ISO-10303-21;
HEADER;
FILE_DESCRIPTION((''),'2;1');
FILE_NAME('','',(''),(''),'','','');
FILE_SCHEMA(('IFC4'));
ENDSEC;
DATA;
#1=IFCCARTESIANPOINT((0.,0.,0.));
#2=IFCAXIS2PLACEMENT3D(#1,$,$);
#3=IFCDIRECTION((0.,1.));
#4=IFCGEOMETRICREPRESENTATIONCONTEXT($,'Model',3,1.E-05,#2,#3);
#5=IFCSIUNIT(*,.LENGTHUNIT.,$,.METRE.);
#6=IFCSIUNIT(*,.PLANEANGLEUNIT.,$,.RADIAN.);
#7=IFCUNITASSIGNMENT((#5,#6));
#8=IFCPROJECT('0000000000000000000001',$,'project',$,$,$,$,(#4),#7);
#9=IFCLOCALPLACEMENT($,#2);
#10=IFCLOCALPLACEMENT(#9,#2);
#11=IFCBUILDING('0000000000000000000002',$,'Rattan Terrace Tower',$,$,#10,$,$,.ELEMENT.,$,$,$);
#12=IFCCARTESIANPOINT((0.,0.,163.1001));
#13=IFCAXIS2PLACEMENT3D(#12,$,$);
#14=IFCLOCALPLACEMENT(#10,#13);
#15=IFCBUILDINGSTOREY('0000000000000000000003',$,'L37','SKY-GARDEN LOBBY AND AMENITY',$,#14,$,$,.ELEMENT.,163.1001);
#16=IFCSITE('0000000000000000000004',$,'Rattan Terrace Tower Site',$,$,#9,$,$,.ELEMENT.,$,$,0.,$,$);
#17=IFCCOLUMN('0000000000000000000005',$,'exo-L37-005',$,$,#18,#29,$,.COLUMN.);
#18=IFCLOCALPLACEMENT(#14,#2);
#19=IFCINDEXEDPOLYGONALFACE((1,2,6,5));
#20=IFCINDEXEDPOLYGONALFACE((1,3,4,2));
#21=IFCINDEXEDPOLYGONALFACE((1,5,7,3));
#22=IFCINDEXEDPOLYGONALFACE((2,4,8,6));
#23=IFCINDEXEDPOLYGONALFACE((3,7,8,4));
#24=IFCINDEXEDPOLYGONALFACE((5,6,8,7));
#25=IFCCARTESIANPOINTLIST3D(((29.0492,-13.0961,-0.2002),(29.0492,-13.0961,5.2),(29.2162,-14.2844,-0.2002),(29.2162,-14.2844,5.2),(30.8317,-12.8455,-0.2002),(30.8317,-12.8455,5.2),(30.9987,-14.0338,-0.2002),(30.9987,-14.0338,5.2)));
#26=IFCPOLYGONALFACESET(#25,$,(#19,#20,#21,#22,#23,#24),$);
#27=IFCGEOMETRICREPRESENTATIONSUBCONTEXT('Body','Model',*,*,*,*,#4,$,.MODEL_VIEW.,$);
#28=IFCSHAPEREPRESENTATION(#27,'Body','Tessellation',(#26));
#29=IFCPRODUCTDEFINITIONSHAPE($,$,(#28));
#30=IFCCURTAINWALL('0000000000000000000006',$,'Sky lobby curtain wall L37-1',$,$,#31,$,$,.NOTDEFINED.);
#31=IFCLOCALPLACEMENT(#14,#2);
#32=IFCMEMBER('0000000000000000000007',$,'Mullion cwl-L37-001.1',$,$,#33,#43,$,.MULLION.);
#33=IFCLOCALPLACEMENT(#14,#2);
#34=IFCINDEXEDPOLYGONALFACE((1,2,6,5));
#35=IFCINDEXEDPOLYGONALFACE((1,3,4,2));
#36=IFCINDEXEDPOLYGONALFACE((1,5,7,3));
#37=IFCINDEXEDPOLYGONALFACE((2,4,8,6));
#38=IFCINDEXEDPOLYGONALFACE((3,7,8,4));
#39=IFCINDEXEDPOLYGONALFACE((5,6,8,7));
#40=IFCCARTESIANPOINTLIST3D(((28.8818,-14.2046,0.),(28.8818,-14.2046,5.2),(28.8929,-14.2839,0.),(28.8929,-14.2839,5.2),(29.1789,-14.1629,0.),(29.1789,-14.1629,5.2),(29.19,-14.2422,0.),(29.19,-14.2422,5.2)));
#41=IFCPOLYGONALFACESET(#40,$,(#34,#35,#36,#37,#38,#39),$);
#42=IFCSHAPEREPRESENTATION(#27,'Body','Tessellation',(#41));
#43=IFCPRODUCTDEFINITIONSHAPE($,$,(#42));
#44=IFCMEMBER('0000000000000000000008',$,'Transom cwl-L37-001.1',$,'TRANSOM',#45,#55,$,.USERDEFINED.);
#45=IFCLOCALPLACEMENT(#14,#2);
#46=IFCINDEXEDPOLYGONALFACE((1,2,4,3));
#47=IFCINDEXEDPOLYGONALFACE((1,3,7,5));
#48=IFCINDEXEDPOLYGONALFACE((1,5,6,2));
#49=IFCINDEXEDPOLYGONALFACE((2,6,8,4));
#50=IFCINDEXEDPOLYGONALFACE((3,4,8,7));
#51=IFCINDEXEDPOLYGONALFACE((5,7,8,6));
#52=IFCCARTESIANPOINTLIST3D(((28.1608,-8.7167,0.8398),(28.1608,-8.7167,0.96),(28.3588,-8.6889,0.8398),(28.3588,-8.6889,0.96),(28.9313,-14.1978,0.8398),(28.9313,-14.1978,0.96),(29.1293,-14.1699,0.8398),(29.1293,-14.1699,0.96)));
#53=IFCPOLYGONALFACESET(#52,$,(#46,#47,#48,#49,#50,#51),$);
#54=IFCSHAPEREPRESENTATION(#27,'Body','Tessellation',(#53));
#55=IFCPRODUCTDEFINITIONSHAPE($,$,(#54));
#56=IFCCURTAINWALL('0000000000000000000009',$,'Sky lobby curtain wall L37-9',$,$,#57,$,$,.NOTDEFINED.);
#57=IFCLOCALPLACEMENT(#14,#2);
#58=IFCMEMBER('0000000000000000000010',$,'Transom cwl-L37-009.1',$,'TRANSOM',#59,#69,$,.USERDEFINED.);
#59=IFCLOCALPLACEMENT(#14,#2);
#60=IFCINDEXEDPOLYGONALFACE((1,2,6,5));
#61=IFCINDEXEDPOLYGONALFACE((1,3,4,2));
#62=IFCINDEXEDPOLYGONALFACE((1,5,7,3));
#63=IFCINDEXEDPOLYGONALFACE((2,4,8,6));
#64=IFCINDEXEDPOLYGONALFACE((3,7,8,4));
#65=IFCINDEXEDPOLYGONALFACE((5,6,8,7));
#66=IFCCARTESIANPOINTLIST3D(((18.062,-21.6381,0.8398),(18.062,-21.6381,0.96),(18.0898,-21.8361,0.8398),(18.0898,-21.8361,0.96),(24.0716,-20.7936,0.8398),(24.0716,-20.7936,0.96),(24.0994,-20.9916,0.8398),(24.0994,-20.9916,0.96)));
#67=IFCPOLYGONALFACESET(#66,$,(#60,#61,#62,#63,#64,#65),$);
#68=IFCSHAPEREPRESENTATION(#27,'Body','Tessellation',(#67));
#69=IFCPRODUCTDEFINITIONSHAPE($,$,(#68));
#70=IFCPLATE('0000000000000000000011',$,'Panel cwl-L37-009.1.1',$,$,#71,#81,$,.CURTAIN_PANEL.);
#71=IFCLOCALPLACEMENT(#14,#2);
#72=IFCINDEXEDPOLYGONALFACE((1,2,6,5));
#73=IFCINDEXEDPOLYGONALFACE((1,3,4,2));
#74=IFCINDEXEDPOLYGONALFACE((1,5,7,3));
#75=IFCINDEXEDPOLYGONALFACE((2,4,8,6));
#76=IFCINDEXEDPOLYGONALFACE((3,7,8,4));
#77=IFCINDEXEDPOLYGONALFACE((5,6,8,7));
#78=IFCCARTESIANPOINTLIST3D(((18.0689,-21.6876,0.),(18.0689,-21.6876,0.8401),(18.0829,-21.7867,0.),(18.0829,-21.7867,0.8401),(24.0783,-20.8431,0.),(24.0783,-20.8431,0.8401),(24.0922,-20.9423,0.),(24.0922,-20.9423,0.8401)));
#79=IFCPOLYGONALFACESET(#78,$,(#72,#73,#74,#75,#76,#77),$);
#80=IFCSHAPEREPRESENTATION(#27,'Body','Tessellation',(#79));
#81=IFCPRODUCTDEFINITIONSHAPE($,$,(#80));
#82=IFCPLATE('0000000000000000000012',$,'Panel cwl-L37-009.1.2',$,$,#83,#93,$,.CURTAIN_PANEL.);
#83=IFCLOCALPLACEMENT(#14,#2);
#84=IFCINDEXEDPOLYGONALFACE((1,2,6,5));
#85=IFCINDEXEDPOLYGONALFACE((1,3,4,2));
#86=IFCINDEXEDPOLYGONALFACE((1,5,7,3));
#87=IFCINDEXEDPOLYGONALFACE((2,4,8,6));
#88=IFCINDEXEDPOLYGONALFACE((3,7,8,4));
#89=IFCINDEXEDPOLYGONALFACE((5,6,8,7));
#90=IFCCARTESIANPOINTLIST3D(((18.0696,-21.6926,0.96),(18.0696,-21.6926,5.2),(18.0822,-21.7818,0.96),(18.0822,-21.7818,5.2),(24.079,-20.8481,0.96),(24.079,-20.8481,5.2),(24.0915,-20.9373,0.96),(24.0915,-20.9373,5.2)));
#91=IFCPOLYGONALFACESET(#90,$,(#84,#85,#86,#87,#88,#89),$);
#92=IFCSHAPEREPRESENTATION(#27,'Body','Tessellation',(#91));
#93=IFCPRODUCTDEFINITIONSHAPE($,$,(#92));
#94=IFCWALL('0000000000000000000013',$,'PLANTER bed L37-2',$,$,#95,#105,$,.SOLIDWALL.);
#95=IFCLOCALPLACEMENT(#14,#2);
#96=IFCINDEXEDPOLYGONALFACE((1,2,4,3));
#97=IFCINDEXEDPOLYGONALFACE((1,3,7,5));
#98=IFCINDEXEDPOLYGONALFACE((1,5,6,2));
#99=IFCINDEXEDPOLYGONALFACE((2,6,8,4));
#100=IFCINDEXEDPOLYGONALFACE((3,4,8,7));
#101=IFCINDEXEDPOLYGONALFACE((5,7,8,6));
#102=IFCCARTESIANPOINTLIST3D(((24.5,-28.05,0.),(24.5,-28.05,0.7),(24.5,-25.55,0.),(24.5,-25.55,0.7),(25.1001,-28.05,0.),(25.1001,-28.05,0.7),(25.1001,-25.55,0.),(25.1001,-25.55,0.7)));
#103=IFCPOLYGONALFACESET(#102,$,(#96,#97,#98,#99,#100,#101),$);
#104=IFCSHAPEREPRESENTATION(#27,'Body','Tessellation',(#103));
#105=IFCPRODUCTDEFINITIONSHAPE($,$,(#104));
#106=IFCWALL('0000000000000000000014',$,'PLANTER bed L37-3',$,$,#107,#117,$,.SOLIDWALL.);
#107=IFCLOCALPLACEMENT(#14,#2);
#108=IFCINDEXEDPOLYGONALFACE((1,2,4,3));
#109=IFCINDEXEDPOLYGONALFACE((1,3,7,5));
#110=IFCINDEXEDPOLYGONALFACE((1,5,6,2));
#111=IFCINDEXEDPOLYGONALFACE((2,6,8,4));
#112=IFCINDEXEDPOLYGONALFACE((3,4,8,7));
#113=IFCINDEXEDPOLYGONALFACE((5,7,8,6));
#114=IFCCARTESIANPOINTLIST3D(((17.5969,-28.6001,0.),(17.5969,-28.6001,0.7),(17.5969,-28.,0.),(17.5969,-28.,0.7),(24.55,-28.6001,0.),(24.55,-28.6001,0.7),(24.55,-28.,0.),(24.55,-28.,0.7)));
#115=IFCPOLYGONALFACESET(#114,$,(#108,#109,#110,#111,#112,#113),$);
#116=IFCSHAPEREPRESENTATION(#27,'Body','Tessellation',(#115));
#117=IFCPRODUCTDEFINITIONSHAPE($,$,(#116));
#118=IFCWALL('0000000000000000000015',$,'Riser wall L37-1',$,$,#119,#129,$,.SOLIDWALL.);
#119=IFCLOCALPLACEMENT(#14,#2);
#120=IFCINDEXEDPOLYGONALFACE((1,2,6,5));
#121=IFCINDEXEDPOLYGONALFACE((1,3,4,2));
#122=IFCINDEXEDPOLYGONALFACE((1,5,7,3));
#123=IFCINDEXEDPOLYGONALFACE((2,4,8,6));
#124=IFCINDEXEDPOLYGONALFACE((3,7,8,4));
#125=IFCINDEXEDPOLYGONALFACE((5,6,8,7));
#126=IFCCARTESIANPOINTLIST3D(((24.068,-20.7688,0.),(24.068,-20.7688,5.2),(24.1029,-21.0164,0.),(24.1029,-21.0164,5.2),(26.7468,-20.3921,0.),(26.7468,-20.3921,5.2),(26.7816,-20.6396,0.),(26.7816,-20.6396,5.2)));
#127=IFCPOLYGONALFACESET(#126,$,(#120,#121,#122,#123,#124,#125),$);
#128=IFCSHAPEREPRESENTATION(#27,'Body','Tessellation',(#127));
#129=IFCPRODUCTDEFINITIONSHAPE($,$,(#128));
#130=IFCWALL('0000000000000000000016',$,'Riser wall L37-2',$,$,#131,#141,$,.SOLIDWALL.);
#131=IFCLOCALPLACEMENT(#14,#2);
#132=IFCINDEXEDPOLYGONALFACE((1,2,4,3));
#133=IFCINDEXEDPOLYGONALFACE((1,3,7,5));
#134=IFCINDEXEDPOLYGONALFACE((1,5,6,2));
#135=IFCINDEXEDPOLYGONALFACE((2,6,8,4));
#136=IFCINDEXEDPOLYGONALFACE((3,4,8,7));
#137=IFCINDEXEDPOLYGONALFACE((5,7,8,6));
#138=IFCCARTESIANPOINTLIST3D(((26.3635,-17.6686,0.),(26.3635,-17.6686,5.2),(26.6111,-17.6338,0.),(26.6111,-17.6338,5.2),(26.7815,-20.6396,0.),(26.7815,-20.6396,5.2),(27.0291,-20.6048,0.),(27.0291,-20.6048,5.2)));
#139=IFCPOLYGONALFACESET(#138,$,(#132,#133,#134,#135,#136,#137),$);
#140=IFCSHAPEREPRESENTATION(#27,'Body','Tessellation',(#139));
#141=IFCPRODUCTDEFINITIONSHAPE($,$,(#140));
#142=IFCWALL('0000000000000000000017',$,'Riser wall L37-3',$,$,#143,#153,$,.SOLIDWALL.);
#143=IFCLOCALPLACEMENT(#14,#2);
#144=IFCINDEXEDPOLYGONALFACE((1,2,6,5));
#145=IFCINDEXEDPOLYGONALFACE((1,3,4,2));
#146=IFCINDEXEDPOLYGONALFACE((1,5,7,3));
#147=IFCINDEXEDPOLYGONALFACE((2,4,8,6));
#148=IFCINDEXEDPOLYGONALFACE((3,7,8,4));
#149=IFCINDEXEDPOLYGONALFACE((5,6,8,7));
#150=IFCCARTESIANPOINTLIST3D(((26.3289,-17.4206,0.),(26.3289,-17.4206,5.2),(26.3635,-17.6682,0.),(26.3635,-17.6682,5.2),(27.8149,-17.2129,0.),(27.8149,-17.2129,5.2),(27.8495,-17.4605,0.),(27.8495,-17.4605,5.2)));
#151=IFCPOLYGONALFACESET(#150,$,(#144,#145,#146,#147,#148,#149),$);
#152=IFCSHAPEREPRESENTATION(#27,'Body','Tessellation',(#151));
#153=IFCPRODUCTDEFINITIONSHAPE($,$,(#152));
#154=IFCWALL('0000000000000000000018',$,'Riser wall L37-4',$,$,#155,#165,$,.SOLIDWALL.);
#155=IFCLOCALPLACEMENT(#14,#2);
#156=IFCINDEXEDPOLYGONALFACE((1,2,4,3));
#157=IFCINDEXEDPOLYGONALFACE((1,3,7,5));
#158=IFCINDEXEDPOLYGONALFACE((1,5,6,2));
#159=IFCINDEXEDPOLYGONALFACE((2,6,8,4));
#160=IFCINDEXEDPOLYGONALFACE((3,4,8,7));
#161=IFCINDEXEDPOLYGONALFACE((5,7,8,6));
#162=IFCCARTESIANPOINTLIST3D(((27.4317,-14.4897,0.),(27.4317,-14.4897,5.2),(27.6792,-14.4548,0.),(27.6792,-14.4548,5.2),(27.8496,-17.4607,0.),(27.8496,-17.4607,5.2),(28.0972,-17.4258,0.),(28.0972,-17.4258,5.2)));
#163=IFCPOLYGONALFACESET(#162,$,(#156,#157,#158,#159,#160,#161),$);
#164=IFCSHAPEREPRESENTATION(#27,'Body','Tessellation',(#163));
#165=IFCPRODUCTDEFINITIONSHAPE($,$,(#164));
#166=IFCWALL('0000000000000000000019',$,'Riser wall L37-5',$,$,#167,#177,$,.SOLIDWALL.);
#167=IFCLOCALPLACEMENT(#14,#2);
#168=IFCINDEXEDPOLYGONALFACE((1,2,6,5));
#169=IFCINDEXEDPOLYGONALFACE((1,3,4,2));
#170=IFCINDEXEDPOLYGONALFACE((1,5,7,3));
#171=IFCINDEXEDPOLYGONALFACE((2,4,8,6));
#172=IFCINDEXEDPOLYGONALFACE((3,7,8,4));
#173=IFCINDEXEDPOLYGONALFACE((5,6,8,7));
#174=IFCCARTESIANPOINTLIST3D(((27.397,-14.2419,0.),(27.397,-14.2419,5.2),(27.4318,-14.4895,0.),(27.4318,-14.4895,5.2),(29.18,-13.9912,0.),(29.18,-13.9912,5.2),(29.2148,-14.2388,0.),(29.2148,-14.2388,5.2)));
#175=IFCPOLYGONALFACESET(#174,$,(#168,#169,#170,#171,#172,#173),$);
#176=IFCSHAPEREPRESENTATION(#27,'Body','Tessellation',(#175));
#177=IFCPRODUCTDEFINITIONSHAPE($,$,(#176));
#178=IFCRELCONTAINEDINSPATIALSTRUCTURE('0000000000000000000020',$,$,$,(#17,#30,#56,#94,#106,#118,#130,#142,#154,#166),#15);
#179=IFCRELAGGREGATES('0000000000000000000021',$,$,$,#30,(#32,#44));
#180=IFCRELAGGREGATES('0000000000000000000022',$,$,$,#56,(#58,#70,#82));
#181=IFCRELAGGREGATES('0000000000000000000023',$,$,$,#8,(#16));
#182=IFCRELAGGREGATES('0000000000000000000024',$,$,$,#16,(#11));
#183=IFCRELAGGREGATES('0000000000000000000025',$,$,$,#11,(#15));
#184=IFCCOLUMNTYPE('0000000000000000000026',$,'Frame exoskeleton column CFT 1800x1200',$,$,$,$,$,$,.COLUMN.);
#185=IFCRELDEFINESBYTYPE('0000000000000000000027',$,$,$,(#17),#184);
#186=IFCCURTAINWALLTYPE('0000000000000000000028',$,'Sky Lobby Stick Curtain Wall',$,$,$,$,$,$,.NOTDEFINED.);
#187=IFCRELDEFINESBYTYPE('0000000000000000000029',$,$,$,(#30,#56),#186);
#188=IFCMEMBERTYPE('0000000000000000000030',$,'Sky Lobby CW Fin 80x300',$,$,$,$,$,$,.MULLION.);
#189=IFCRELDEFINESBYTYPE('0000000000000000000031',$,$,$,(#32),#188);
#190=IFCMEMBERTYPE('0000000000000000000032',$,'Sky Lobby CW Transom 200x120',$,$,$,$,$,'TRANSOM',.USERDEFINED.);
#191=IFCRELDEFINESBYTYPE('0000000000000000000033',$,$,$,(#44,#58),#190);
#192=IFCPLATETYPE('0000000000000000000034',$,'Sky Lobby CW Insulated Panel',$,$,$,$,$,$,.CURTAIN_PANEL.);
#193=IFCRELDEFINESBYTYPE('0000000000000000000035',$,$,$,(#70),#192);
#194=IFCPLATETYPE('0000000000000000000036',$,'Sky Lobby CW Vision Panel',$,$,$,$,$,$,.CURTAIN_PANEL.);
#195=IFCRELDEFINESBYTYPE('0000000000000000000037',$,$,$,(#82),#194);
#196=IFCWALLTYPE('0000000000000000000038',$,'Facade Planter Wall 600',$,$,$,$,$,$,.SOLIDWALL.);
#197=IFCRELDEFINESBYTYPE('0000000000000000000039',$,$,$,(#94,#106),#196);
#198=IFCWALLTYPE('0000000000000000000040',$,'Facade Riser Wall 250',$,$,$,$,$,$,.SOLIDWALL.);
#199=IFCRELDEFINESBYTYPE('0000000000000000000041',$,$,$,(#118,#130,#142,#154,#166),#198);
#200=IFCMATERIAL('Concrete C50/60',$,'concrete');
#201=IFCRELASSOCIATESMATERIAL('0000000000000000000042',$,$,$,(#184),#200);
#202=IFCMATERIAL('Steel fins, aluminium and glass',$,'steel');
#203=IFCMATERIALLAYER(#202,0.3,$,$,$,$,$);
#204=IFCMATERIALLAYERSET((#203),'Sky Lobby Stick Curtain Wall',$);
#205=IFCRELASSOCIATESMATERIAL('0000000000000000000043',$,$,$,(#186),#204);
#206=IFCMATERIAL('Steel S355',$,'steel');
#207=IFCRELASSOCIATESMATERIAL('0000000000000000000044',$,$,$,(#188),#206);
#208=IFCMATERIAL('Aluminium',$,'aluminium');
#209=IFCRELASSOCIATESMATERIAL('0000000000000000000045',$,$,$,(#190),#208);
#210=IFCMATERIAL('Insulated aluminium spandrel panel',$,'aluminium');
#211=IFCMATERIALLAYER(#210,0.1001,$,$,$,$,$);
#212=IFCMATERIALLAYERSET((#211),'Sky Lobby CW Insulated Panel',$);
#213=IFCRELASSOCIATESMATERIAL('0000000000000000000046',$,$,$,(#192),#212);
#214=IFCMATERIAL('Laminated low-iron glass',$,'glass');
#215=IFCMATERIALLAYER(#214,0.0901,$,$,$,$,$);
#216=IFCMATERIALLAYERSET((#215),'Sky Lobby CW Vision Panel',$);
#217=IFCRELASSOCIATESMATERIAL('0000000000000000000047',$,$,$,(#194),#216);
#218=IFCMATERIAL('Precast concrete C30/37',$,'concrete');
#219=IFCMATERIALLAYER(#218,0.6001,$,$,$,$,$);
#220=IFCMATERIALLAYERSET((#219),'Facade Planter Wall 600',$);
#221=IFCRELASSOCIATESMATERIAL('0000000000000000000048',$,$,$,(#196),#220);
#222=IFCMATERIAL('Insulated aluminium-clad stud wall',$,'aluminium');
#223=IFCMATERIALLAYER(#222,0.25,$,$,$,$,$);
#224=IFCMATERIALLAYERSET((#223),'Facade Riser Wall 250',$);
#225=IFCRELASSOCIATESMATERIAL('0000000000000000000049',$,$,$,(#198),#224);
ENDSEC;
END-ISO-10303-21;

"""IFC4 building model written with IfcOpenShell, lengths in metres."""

from ifc_helpers import new_model, si_unit, direction, frame, frame_2d, origin, origin_2d, place, context, subcontext, project, spatial, rectangle, extrude, material, layer, layer_set, material_profile, profile_set, type_object, element, aggregate, save


model = new_model("IFC4")

# Units and contexts
model_context = context("Model", 3, precision=1e-05, world=origin(), true_north=direction((0.0, 1.0)))
body_context = subcontext(model_context, "Body", "Model", "MODEL_VIEW")
ifc_project = project(units=[si_unit("LENGTHUNIT", "METRE"), si_unit("PLANEANGLEUNIT", "RADIAN")], contexts=[model_context])

# Site, building, storey
site_placement = place(None, origin())
site = spatial("IfcSite", under=ifc_project, at=site_placement, Name="Rattan Terrace Tower Site", CompositionType="ELEMENT", RefElevation=0.0)
building_placement = place(site_placement, origin())
building = spatial("IfcBuilding", under=site, at=building_placement, Name="Rattan Terrace Tower", CompositionType="ELEMENT")
storey_placement = place(building_placement, frame((0.0, 0.0, 163.1001)))
storey = spatial("IfcBuildingStorey", under=building, at=storey_placement, Name="L37", Description="SKY-GARDEN LOBBY AND AMENITY", CompositionType="ELEMENT", Elevation=163.1001)

# Column
ifc_material_1 = material(Name="Concrete C50/60", Category="concrete")
ifc_material_profile_1 = material_profile(ifc_material_1, rectangle(XDim=1.2, YDim=1.8, at=origin_2d()), Name="CFT 1800x1200")
ifc_profile_set_1 = profile_set([ifc_material_profile_1], Name="Concrete C50/60")
column_type = type_object("IfcColumnType", Name="Frame exoskeleton column CFT 1800x1200", PredefinedType="COLUMN", material=ifc_profile_set_1)
column_placement = place(storey_placement, frame((30.0239, -13.5649, -0.2002), z_axis=(0.0, 0.0, 1.0), x_axis=(-0.13919, 0.990266, 0.0)))
element("IfcColumn", 1, at=column_placement, inside=storey, type_object=column_type, Name="exo-L37-005", PredefinedType="COLUMN", context=body_context, shape_type="SweptSolid", body=[
    extrude(rectangle(XDim=1.2, YDim=1.8, at=origin_2d()), origin(), (0.0, 0.0, 1.0), 5.4001),
])

# Curtain wall, members
ifc_material_2 = material(Name="Steel fins, aluminium and glass", Category="steel")
ifc_layer_1 = layer(ifc_material_2, 0.3)
ifc_layer_set_1 = layer_set([ifc_layer_1], Name="Sky Lobby Stick Curtain Wall")
curtain_wall_type = type_object("IfcCurtainWallType", Name="Sky Lobby Stick Curtain Wall", PredefinedType="NOTDEFINED", material=ifc_layer_set_1)
curtain_wall_1_placement = place(storey_placement, origin())
curtain_wall_1 = element("IfcCurtainWall", 2, at=curtain_wall_1_placement, inside=storey, type_object=curtain_wall_type, Name="Sky lobby curtain wall L37-1", PredefinedType="NOTDEFINED")
ifc_material_3 = material(Name="Steel S355", Category="steel")
ifc_material_profile_2 = material_profile(ifc_material_3, rectangle(XDim=0.0801, YDim=0.3, at=origin_2d()), Name="Steel S355 80x300")
ifc_profile_set_2 = profile_set([ifc_material_profile_2], Name="Steel S355")
member_type_1 = type_object("IfcMemberType", Name="Sky Lobby CW Fin 80x300", PredefinedType="MULLION", material=ifc_profile_set_2)
member_1_placement = place(storey_placement, frame((29.0359, -14.2234, 0.0), z_axis=(0.0, 0.0, 1.0), x_axis=(-0.139191, 0.990266, 0.0)))
member_1 = element("IfcMember", 3, at=member_1_placement, type_object=member_type_1, Name="Mullion cwl-L37-001.1", PredefinedType="MULLION", context=body_context, shape_type="SweptSolid", body=[
    extrude(rectangle(XDim=0.0801, YDim=0.3, at=origin_2d()), origin(), (0.0, 0.0, 1.0), 5.2),
])
ifc_material_4 = material(Name="Aluminium", Category="aluminium")
ifc_material_profile_3 = material_profile(ifc_material_4, rectangle(XDim=0.2, YDim=0.1201, at=origin_2d()), Name="Aluminium 200x120")
ifc_profile_set_3 = profile_set([ifc_material_profile_3], Name="Aluminium")
member_type_2 = type_object("IfcMemberType", Name="Sky Lobby CW Transom 200x120", ElementType="TRANSOM", PredefinedType="USERDEFINED", material=ifc_profile_set_3)
member_2_placement = place(storey_placement, frame((29.0303, -14.1838, 0.8999), z_axis=(-0.13921, 0.990263, 0.0), x_axis=(-0.990263, -0.13921, 0.0)))
member_2 = element("IfcMember", 4, at=member_2_placement, type_object=member_type_2, Name="Transom cwl-L37-001.1", ObjectType="TRANSOM", PredefinedType="USERDEFINED", context=body_context, shape_type="SweptSolid", body=[
    extrude(rectangle(XDim=0.2, YDim=0.1201, at=origin_2d()), origin(), (0.0, 0.0, 1.0), 5.5349),
])
aggregate(curtain_wall_1, [member_1, member_2])

# Curtain wall, member, plates
curtain_wall_2_placement = place(storey_placement, origin())
curtain_wall_2 = element("IfcCurtainWall", 5, at=curtain_wall_2_placement, inside=storey, type_object=curtain_wall_type, Name="Sky lobby curtain wall L37-9", PredefinedType="NOTDEFINED")
member_3_placement = place(storey_placement, frame((18.0759, -21.7371, 0.8999), z_axis=(0.99027, 0.139157, 0.0), x_axis=(-0.139157, 0.99027, 0.0)))
member_3 = element("IfcMember", 6, at=member_3_placement, type_object=member_type_2, Name="Transom cwl-L37-009.1", ObjectType="TRANSOM", PredefinedType="USERDEFINED", context=body_context, shape_type="SweptSolid", body=[
    extrude(rectangle(XDim=0.2, YDim=0.1201, at=origin_2d()), origin(), (0.0, 0.0, 1.0), 6.0686),
])
ifc_material_5 = material(Name="Insulated aluminium spandrel panel", Category="aluminium")
ifc_layer_2 = layer(ifc_material_5, 0.1001)
ifc_layer_set_2 = layer_set([ifc_layer_2], Name="Sky Lobby CW Insulated Panel")
plate_type_1 = type_object("IfcPlateType", Name="Sky Lobby CW Insulated Panel", PredefinedType="CURTAIN_PANEL", material=ifc_layer_set_2)
plate_1_placement = place(storey_placement, frame((21.0806, -21.3149, 0.0), z_axis=(0.0, 0.0, 1.0), x_axis=(0.99027, 0.139161, 0.0)))
plate_1 = element("IfcPlate", 7, at=plate_1_placement, type_object=plate_type_1, Name="Panel cwl-L37-009.1.1", PredefinedType="CURTAIN_PANEL", context=body_context, shape_type="SweptSolid", body=[
    extrude(rectangle(XDim=6.0684, YDim=0.1001, at=origin_2d()), origin(), (0.0, 0.0, 1.0), 0.8401),
])
ifc_material_6 = material(Name="Laminated low-iron glass", Category="glass")
ifc_layer_3 = layer(ifc_material_6, 0.0901)
ifc_layer_set_3 = layer_set([ifc_layer_3], Name="Sky Lobby CW Vision Panel")
plate_type_2 = type_object("IfcPlateType", Name="Sky Lobby CW Vision Panel", PredefinedType="CURTAIN_PANEL", material=ifc_layer_set_3)
plate_2_placement = place(storey_placement, frame((21.0806, -21.3149, 0.96), z_axis=(0.0, 0.0, 1.0), x_axis=(0.99027, 0.139161, 0.0)))
plate_2 = element("IfcPlate", 8, at=plate_2_placement, type_object=plate_type_2, Name="Panel cwl-L37-009.1.2", PredefinedType="CURTAIN_PANEL", context=body_context, shape_type="SweptSolid", body=[
    extrude(rectangle(XDim=6.0684, YDim=0.0901, at=origin_2d()), origin(), (0.0, 0.0, 1.0), 4.24),
])
aggregate(curtain_wall_2, [member_3, plate_1, plate_2])

# Walls
ifc_material_7 = material(Name="Precast concrete C30/37", Category="concrete")
ifc_layer_4 = layer(ifc_material_7, 0.6001)
ifc_layer_set_4 = layer_set([ifc_layer_4], Name="Facade Planter Wall 600")
wall_type_1 = type_object("IfcWallType", Name="Facade Planter Wall 600", PredefinedType="SOLIDWALL", material=ifc_layer_set_4)
wall_1_placement = place(storey_placement, frame((24.8, -25.55, 0.0), z_axis=(0.0, 0.0, 1.0), x_axis=(0.0, -1.0, 0.0)))
element("IfcWall", 9, at=wall_1_placement, inside=storey, type_object=wall_type_1, Name="PLANTER bed L37-2", PredefinedType="SOLIDWALL", context=body_context, shape_type="SweptSolid", body=[
    extrude(rectangle(XDim=2.5, YDim=0.6001, at=frame_2d((1.25, 0.0))), origin(), (0.0, 0.0, 1.0), 0.7),
])
wall_2_placement = place(storey_placement, frame((24.55, -28.3, 0.0), z_axis=(0.0, 0.0, 1.0), x_axis=(-1.0, 0.0, 0.0)))
element("IfcWall", 10, at=wall_2_placement, inside=storey, type_object=wall_type_1, Name="PLANTER bed L37-3", PredefinedType="SOLIDWALL", context=body_context, shape_type="SweptSolid", body=[
    extrude(rectangle(XDim=6.9531, YDim=0.6001, at=frame_2d((3.4766, 0.0))), origin(), (0.0, 0.0, 1.0), 0.7),
])
ifc_material_8 = material(Name="Insulated aluminium-clad stud wall", Category="aluminium")
ifc_layer_5 = layer(ifc_material_8, 0.25)
ifc_layer_set_5 = layer_set([ifc_layer_5], Name="Facade Riser Wall 250")
wall_type_2 = type_object("IfcWallType", Name="Facade Riser Wall 250", PredefinedType="SOLIDWALL", material=ifc_layer_set_5)
wall_3_placement = place(storey_placement, frame((24.0854, -20.8926, 0.0), z_axis=(0.0, 0.0, 1.0), x_axis=(0.990256, 0.13926, 0.0)))
element("IfcWall", 11, at=wall_3_placement, inside=storey, type_object=wall_type_2, Name="Riser wall L37-1", PredefinedType="SOLIDWALL", context=body_context, shape_type="SweptSolid", body=[
    extrude(rectangle(XDim=2.7051, YDim=0.25, at=frame_2d((1.3525, 0.0))), origin(), (0.0, 0.0, 1.0), 5.2),
])
wall_4_placement = place(storey_placement, frame((26.9053, -20.6221, 0.0), z_axis=(0.0, 0.0, 1.0), x_axis=(-0.139313, 0.990248, 0.0)))
element("IfcWall", 12, at=wall_4_placement, inside=storey, type_object=wall_type_2, Name="Riser wall L37-2", PredefinedType="SOLIDWALL", context=body_context, shape_type="SweptSolid", body=[
    extrude(rectangle(XDim=3.0002, YDim=0.25, at=frame_2d((1.5, 0.0))), origin(), (0.0, 0.0, 1.0), 5.2),
])
wall_5_placement = place(storey_placement, frame((26.3462, -17.5444, 0.0), z_axis=(0.0, 0.0, 1.0), x_axis=(0.990368, 0.13846, 0.0)))
element("IfcWall", 13, at=wall_5_placement, inside=storey, type_object=wall_type_2, Name="Riser wall L37-3", PredefinedType="SOLIDWALL", context=body_context, shape_type="SweptSolid", body=[
    extrude(rectangle(XDim=1.5005, YDim=0.25, at=frame_2d((0.7502, 0.0))), origin(), (0.0, 0.0, 1.0), 5.2),
])
wall_6_placement = place(storey_placement, frame((27.9734, -17.4431, 0.0), z_axis=(0.0, 0.0, 1.0), x_axis=(-0.139313, 0.990248, 0.0)))
element("IfcWall", 14, at=wall_6_placement, inside=storey, type_object=wall_type_2, Name="Riser wall L37-4", PredefinedType="SOLIDWALL", context=body_context, shape_type="SweptSolid", body=[
    extrude(rectangle(XDim=3.0002, YDim=0.25, at=frame_2d((1.5, 0.0))), origin(), (0.0, 0.0, 1.0), 5.2),
])
wall_7_placement = place(storey_placement, frame((27.4143, -14.3657, 0.0), z_axis=(0.0, 0.0, 1.0), x_axis=(0.990256, 0.139257, 0.0)))
element("IfcWall", 15, at=wall_7_placement, inside=storey, type_object=wall_type_2, Name="Riser wall L37-5", PredefinedType="SOLIDWALL", context=body_context, shape_type="SweptSolid", body=[
    extrude(rectangle(XDim=1.8005, YDim=0.25, at=frame_2d((0.9004, 0.0))), origin(), (0.0, 0.0, 1.0), 5.2),
])

save(model, "model.ifc")
